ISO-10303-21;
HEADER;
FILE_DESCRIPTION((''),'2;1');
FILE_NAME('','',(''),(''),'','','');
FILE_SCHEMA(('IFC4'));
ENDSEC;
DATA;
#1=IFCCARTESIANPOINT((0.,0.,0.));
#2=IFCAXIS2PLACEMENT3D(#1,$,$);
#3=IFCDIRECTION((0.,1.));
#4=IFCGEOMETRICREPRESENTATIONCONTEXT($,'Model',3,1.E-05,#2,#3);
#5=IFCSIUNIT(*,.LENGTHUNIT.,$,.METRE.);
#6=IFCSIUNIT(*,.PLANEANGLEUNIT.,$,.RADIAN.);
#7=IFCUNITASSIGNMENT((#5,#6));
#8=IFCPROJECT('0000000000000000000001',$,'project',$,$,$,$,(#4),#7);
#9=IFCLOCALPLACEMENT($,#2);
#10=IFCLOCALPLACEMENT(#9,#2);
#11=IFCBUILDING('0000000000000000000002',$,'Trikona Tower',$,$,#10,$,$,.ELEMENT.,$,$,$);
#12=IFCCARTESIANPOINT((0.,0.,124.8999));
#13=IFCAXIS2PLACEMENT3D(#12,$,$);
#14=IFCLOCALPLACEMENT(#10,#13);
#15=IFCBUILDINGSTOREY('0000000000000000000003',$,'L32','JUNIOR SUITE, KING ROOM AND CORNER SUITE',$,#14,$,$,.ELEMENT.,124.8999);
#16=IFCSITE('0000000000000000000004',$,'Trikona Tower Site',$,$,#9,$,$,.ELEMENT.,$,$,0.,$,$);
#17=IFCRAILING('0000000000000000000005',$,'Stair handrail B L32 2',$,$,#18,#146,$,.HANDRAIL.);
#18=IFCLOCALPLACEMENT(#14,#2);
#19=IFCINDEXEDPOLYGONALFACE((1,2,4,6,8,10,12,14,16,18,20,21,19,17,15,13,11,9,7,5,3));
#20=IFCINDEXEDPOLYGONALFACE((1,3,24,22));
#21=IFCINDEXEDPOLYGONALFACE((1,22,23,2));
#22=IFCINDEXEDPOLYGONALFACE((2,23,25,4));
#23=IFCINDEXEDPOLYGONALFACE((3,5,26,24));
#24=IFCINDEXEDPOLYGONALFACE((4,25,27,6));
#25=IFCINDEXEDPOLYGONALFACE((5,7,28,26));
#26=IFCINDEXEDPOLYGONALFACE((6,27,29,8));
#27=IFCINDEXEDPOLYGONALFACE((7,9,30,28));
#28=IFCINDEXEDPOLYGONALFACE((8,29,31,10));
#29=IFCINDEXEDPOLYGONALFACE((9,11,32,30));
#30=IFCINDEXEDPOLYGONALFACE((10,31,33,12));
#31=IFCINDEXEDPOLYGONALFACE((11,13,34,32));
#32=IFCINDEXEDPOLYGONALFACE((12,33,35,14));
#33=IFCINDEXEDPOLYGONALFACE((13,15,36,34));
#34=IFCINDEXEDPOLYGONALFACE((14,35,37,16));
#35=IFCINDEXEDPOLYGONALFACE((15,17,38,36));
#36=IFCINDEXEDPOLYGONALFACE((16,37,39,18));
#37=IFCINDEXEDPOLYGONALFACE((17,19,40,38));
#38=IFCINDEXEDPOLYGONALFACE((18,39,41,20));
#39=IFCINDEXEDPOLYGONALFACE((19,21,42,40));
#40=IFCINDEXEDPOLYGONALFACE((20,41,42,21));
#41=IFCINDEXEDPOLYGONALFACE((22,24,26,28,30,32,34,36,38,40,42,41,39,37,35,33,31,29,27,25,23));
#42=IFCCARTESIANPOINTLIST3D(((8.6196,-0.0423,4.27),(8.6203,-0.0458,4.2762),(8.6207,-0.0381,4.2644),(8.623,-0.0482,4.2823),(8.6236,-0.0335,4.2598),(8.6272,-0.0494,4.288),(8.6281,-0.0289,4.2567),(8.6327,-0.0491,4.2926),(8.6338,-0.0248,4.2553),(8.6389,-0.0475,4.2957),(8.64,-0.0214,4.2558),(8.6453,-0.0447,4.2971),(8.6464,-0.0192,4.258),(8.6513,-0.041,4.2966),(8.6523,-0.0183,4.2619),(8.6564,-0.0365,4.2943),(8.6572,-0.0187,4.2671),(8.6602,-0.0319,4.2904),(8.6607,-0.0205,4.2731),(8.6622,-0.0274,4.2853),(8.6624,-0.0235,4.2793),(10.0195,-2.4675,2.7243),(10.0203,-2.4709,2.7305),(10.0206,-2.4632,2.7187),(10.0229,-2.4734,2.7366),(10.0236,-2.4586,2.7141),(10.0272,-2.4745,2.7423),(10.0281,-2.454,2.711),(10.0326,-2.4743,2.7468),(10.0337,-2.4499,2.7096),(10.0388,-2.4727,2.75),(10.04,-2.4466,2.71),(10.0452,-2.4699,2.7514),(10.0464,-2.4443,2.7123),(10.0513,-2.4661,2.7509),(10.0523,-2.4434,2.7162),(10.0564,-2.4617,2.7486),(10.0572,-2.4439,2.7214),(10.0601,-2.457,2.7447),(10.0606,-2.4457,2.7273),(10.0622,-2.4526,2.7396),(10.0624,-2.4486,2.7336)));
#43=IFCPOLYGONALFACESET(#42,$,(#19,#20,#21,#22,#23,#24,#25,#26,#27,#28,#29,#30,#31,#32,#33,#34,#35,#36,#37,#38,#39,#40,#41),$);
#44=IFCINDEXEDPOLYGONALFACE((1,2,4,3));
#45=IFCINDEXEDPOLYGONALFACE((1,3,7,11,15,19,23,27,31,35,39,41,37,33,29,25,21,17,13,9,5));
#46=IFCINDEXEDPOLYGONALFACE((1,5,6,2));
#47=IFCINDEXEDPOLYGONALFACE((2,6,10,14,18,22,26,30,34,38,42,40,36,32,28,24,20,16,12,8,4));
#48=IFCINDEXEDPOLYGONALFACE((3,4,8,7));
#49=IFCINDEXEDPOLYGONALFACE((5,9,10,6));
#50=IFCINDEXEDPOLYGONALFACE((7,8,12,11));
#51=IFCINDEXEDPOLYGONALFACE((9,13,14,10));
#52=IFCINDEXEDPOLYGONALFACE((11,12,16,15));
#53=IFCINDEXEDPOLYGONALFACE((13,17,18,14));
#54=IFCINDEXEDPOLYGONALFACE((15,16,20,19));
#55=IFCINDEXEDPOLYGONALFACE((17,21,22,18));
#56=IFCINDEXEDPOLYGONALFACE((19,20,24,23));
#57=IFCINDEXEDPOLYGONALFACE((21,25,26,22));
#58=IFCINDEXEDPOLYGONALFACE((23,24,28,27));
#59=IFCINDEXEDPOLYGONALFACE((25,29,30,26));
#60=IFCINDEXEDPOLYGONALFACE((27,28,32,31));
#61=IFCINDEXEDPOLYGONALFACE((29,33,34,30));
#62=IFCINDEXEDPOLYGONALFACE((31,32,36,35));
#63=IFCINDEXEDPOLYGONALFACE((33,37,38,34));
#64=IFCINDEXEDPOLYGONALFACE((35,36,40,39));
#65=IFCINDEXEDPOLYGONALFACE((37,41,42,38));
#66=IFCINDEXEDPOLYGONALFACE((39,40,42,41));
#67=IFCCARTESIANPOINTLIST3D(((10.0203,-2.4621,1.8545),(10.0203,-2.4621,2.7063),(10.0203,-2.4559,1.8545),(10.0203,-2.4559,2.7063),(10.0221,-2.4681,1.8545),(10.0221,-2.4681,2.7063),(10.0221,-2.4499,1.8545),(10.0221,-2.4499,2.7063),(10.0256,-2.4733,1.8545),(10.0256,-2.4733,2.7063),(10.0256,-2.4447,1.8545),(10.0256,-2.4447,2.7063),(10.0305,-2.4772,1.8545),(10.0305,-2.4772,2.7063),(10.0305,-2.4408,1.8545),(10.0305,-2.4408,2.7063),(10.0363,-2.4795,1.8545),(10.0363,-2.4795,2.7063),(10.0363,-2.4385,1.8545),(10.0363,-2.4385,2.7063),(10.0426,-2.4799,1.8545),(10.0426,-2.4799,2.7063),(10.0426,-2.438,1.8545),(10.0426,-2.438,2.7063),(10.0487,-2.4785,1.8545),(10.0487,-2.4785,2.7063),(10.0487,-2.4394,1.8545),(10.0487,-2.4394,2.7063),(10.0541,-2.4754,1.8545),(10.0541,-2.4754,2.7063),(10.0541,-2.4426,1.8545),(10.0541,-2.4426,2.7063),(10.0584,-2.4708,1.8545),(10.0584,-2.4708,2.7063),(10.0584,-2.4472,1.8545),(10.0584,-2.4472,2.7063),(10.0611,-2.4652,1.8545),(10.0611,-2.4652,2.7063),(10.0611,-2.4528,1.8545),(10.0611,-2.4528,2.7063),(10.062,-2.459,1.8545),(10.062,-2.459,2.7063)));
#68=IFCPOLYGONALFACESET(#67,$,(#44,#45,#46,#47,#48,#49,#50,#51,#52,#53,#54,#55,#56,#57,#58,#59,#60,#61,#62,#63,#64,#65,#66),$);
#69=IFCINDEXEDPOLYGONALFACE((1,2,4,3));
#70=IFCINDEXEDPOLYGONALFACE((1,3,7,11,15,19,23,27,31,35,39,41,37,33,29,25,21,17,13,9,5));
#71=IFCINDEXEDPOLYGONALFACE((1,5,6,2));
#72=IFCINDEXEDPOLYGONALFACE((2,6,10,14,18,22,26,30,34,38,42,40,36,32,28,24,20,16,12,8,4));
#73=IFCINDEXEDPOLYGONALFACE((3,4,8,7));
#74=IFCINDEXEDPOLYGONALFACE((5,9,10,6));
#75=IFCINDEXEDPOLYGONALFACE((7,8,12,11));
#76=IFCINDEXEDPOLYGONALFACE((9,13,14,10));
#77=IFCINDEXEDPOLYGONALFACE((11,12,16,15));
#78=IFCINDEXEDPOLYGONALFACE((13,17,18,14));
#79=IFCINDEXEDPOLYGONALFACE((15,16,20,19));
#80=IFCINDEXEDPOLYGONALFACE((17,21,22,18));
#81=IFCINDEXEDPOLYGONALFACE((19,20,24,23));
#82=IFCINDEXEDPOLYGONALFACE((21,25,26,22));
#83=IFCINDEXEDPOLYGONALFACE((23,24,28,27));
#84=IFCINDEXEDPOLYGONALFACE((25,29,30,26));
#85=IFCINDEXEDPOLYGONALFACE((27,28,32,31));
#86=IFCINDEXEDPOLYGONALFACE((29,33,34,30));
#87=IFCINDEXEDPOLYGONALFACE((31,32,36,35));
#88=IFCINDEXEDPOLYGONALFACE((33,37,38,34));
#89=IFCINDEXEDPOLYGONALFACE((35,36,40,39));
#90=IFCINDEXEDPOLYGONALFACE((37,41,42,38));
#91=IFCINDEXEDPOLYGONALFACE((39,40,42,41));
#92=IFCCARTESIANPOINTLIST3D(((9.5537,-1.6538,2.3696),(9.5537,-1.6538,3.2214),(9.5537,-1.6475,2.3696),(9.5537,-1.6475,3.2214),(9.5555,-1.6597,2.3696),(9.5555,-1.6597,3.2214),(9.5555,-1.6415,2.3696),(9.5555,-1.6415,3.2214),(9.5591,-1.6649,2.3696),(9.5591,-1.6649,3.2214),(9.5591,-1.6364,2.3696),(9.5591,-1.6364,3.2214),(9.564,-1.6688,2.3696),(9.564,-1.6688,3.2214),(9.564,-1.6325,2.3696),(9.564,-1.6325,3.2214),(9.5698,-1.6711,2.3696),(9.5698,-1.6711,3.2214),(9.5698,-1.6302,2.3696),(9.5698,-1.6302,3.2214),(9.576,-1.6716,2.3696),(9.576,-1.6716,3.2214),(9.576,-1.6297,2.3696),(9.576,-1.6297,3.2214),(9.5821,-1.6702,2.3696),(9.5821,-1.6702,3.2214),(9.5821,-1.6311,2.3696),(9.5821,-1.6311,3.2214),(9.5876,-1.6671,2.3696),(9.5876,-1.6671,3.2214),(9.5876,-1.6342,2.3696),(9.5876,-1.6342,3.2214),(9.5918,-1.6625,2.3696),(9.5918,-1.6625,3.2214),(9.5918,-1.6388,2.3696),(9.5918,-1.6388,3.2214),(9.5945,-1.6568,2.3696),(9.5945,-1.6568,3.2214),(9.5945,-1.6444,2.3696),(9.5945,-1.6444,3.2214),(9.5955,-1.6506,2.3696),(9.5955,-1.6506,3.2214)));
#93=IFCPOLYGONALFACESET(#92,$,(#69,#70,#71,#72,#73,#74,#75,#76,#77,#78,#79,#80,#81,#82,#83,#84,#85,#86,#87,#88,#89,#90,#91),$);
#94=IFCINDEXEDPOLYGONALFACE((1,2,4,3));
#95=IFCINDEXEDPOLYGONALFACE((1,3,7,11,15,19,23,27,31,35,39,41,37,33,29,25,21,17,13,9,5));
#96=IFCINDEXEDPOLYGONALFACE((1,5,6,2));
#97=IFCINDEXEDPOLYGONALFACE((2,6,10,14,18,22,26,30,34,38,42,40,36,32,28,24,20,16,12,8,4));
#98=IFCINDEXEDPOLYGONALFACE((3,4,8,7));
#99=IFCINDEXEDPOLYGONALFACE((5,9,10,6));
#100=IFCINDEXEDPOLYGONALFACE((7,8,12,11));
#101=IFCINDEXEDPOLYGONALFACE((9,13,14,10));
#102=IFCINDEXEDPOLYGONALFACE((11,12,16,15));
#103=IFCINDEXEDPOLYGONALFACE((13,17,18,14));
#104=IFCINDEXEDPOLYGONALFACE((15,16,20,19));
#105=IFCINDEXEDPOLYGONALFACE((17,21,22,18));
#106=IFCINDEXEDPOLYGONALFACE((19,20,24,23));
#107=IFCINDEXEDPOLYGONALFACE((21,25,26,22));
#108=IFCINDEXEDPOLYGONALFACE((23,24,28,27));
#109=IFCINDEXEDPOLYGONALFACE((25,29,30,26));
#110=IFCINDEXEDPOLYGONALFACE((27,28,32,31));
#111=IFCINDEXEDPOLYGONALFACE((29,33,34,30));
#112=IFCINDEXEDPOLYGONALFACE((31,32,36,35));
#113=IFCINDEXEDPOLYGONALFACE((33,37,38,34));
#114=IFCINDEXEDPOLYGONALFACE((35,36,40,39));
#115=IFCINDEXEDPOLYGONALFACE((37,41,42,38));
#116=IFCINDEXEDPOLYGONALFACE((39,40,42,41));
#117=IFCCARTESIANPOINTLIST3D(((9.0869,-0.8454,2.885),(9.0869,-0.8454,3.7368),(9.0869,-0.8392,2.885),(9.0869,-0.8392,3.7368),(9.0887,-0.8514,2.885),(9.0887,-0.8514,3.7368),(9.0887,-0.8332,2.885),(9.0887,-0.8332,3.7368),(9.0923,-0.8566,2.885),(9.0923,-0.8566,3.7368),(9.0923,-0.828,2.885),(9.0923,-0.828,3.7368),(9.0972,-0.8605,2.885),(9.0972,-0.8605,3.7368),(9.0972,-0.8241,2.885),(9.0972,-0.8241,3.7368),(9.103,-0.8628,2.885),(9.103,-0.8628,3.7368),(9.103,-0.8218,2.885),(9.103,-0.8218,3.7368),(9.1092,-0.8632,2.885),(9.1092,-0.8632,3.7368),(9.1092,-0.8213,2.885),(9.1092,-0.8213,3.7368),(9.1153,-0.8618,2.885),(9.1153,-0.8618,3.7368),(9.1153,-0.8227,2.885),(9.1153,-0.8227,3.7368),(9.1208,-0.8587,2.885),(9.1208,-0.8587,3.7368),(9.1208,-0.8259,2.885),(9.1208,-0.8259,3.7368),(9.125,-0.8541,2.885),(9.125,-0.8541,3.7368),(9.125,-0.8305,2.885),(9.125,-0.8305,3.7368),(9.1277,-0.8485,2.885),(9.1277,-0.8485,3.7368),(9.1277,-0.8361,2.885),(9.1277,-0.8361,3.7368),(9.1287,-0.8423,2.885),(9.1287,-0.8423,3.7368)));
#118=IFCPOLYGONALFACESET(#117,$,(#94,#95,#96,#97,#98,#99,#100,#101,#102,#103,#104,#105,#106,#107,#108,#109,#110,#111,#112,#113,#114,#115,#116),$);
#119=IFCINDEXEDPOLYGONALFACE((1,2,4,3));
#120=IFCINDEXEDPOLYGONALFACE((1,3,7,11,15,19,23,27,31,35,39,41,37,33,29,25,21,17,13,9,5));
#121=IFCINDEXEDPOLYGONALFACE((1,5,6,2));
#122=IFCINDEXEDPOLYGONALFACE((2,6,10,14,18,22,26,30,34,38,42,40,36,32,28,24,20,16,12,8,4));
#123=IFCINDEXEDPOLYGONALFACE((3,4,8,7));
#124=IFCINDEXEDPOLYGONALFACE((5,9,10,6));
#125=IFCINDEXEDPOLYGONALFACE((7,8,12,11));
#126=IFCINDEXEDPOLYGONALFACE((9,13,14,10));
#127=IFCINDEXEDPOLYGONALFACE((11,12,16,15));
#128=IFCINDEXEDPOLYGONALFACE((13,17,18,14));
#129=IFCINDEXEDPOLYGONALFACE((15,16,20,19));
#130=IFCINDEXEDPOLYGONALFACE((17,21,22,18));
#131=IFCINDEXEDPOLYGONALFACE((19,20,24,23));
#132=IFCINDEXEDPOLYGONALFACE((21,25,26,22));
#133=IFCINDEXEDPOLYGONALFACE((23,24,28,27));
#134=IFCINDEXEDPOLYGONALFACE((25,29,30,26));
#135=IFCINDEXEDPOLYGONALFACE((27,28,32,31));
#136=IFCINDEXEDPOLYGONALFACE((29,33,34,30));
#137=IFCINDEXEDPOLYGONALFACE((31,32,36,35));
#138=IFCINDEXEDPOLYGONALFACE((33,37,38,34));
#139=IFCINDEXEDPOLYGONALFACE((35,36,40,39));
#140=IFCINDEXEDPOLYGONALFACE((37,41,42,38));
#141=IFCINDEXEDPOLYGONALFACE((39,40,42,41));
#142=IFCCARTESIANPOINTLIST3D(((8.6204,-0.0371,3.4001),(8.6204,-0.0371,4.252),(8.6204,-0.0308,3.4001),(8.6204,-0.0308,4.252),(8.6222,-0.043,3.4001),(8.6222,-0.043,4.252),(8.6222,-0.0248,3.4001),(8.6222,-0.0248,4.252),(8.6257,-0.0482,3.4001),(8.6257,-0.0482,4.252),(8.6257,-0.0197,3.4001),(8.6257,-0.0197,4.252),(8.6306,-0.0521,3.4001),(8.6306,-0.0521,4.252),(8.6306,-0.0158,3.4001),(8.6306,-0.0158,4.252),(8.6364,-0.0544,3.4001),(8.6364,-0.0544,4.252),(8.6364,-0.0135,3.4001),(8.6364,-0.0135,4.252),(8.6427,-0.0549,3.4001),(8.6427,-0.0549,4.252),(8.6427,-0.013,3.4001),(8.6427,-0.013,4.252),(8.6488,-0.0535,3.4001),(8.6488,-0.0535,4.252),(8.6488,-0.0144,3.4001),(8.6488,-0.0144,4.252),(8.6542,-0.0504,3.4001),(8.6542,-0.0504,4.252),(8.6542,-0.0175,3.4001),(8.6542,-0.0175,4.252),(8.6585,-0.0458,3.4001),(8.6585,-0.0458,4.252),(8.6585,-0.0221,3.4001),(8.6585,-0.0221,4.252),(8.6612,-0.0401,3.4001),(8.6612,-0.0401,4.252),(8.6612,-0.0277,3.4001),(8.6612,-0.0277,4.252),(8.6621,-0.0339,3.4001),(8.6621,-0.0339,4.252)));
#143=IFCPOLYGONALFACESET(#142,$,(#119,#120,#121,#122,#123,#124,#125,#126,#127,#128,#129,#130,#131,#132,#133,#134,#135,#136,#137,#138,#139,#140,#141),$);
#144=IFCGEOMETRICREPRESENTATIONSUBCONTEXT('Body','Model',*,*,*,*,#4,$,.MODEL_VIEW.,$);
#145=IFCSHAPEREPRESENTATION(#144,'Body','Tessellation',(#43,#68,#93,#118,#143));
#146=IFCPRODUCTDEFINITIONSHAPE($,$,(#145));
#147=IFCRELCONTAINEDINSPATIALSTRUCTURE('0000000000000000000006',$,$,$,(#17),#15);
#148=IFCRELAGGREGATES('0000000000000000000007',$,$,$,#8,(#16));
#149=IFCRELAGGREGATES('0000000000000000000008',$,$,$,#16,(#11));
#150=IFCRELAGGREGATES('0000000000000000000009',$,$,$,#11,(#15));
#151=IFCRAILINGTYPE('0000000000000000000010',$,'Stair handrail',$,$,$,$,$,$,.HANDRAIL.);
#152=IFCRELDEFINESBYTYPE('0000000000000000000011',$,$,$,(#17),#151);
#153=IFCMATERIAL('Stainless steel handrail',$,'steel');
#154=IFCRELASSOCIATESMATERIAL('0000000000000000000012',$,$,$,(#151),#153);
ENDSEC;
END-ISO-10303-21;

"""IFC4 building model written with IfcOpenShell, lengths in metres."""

from ifc_helpers import new_model, si_unit, direction, frame, origin, origin_2d, place, context, subcontext, project, spatial, circle, extrude, material, type_object, element, save


model = new_model("IFC4")

# Units and contexts
model_context = context("Model", 3, precision=1e-05, world=origin(), true_north=direction((0.0, 1.0)))
body_context = subcontext(model_context, "Body", "Model", "MODEL_VIEW")
ifc_project = project(units=[si_unit("LENGTHUNIT", "METRE"), si_unit("PLANEANGLEUNIT", "RADIAN")], contexts=[model_context])

# Site, building, storey
site_placement = place(None, origin())
site = spatial("IfcSite", under=ifc_project, at=site_placement, Name="Trikona Tower Site", CompositionType="ELEMENT", RefElevation=0.0)
building_placement = place(site_placement, origin())
building = spatial("IfcBuilding", under=site, at=building_placement, Name="Trikona Tower", CompositionType="ELEMENT")
storey_placement = place(building_placement, frame((0.0, 0.0, 124.8999)))
storey = spatial("IfcBuildingStorey", under=building, at=storey_placement, Name="L32", Description="JUNIOR SUITE, KING ROOM AND CORNER SUITE", CompositionType="ELEMENT", Elevation=124.8999)

# Railing
ifc_material_1 = material(Name="Stainless steel handrail", Category="steel")
railing_type = type_object("IfcRailingType", Name="Stair handrail", PredefinedType="HANDRAIL", material=ifc_material_1)
railing_placement = place(storey_placement, frame((10.041, -2.459, 1.8545)))
element("IfcRailing", 1, at=railing_placement, inside=storey, type_object=railing_type, Name="Stair handrail B L32 2", PredefinedType="HANDRAIL", context=body_context, shape_type="SweptSolid", body=[
    extrude(circle(Radius=0.0239, at=origin_2d()), frame((0.0, 0.0, 0.876), z_axis=(-0.437691, 0.758212, 0.483262), x_axis=(-0.866056, -0.499946, 0.0)), (0.0, 0.0, 1.0), 3.1985),
    extrude(circle(Radius=0.021, at=origin_2d()), origin(), (0.0, 0.0, 1.0), 0.8518),
    extrude(circle(Radius=0.021, at=origin_2d()), frame((-0.4666, 0.8083, 0.5151)), (0.0, 0.0, 1.0), 0.8518),
    extrude(circle(Radius=0.021, at=origin_2d()), frame((-0.9333, 1.6167, 1.0305)), (0.0, 0.0, 1.0), 0.8518),
    extrude(circle(Radius=0.021, at=origin_2d()), frame((-1.3999, 2.425, 1.5457)), (0.0, 0.0, 1.0), 0.8518),
])

save(model, "model.ifc")
